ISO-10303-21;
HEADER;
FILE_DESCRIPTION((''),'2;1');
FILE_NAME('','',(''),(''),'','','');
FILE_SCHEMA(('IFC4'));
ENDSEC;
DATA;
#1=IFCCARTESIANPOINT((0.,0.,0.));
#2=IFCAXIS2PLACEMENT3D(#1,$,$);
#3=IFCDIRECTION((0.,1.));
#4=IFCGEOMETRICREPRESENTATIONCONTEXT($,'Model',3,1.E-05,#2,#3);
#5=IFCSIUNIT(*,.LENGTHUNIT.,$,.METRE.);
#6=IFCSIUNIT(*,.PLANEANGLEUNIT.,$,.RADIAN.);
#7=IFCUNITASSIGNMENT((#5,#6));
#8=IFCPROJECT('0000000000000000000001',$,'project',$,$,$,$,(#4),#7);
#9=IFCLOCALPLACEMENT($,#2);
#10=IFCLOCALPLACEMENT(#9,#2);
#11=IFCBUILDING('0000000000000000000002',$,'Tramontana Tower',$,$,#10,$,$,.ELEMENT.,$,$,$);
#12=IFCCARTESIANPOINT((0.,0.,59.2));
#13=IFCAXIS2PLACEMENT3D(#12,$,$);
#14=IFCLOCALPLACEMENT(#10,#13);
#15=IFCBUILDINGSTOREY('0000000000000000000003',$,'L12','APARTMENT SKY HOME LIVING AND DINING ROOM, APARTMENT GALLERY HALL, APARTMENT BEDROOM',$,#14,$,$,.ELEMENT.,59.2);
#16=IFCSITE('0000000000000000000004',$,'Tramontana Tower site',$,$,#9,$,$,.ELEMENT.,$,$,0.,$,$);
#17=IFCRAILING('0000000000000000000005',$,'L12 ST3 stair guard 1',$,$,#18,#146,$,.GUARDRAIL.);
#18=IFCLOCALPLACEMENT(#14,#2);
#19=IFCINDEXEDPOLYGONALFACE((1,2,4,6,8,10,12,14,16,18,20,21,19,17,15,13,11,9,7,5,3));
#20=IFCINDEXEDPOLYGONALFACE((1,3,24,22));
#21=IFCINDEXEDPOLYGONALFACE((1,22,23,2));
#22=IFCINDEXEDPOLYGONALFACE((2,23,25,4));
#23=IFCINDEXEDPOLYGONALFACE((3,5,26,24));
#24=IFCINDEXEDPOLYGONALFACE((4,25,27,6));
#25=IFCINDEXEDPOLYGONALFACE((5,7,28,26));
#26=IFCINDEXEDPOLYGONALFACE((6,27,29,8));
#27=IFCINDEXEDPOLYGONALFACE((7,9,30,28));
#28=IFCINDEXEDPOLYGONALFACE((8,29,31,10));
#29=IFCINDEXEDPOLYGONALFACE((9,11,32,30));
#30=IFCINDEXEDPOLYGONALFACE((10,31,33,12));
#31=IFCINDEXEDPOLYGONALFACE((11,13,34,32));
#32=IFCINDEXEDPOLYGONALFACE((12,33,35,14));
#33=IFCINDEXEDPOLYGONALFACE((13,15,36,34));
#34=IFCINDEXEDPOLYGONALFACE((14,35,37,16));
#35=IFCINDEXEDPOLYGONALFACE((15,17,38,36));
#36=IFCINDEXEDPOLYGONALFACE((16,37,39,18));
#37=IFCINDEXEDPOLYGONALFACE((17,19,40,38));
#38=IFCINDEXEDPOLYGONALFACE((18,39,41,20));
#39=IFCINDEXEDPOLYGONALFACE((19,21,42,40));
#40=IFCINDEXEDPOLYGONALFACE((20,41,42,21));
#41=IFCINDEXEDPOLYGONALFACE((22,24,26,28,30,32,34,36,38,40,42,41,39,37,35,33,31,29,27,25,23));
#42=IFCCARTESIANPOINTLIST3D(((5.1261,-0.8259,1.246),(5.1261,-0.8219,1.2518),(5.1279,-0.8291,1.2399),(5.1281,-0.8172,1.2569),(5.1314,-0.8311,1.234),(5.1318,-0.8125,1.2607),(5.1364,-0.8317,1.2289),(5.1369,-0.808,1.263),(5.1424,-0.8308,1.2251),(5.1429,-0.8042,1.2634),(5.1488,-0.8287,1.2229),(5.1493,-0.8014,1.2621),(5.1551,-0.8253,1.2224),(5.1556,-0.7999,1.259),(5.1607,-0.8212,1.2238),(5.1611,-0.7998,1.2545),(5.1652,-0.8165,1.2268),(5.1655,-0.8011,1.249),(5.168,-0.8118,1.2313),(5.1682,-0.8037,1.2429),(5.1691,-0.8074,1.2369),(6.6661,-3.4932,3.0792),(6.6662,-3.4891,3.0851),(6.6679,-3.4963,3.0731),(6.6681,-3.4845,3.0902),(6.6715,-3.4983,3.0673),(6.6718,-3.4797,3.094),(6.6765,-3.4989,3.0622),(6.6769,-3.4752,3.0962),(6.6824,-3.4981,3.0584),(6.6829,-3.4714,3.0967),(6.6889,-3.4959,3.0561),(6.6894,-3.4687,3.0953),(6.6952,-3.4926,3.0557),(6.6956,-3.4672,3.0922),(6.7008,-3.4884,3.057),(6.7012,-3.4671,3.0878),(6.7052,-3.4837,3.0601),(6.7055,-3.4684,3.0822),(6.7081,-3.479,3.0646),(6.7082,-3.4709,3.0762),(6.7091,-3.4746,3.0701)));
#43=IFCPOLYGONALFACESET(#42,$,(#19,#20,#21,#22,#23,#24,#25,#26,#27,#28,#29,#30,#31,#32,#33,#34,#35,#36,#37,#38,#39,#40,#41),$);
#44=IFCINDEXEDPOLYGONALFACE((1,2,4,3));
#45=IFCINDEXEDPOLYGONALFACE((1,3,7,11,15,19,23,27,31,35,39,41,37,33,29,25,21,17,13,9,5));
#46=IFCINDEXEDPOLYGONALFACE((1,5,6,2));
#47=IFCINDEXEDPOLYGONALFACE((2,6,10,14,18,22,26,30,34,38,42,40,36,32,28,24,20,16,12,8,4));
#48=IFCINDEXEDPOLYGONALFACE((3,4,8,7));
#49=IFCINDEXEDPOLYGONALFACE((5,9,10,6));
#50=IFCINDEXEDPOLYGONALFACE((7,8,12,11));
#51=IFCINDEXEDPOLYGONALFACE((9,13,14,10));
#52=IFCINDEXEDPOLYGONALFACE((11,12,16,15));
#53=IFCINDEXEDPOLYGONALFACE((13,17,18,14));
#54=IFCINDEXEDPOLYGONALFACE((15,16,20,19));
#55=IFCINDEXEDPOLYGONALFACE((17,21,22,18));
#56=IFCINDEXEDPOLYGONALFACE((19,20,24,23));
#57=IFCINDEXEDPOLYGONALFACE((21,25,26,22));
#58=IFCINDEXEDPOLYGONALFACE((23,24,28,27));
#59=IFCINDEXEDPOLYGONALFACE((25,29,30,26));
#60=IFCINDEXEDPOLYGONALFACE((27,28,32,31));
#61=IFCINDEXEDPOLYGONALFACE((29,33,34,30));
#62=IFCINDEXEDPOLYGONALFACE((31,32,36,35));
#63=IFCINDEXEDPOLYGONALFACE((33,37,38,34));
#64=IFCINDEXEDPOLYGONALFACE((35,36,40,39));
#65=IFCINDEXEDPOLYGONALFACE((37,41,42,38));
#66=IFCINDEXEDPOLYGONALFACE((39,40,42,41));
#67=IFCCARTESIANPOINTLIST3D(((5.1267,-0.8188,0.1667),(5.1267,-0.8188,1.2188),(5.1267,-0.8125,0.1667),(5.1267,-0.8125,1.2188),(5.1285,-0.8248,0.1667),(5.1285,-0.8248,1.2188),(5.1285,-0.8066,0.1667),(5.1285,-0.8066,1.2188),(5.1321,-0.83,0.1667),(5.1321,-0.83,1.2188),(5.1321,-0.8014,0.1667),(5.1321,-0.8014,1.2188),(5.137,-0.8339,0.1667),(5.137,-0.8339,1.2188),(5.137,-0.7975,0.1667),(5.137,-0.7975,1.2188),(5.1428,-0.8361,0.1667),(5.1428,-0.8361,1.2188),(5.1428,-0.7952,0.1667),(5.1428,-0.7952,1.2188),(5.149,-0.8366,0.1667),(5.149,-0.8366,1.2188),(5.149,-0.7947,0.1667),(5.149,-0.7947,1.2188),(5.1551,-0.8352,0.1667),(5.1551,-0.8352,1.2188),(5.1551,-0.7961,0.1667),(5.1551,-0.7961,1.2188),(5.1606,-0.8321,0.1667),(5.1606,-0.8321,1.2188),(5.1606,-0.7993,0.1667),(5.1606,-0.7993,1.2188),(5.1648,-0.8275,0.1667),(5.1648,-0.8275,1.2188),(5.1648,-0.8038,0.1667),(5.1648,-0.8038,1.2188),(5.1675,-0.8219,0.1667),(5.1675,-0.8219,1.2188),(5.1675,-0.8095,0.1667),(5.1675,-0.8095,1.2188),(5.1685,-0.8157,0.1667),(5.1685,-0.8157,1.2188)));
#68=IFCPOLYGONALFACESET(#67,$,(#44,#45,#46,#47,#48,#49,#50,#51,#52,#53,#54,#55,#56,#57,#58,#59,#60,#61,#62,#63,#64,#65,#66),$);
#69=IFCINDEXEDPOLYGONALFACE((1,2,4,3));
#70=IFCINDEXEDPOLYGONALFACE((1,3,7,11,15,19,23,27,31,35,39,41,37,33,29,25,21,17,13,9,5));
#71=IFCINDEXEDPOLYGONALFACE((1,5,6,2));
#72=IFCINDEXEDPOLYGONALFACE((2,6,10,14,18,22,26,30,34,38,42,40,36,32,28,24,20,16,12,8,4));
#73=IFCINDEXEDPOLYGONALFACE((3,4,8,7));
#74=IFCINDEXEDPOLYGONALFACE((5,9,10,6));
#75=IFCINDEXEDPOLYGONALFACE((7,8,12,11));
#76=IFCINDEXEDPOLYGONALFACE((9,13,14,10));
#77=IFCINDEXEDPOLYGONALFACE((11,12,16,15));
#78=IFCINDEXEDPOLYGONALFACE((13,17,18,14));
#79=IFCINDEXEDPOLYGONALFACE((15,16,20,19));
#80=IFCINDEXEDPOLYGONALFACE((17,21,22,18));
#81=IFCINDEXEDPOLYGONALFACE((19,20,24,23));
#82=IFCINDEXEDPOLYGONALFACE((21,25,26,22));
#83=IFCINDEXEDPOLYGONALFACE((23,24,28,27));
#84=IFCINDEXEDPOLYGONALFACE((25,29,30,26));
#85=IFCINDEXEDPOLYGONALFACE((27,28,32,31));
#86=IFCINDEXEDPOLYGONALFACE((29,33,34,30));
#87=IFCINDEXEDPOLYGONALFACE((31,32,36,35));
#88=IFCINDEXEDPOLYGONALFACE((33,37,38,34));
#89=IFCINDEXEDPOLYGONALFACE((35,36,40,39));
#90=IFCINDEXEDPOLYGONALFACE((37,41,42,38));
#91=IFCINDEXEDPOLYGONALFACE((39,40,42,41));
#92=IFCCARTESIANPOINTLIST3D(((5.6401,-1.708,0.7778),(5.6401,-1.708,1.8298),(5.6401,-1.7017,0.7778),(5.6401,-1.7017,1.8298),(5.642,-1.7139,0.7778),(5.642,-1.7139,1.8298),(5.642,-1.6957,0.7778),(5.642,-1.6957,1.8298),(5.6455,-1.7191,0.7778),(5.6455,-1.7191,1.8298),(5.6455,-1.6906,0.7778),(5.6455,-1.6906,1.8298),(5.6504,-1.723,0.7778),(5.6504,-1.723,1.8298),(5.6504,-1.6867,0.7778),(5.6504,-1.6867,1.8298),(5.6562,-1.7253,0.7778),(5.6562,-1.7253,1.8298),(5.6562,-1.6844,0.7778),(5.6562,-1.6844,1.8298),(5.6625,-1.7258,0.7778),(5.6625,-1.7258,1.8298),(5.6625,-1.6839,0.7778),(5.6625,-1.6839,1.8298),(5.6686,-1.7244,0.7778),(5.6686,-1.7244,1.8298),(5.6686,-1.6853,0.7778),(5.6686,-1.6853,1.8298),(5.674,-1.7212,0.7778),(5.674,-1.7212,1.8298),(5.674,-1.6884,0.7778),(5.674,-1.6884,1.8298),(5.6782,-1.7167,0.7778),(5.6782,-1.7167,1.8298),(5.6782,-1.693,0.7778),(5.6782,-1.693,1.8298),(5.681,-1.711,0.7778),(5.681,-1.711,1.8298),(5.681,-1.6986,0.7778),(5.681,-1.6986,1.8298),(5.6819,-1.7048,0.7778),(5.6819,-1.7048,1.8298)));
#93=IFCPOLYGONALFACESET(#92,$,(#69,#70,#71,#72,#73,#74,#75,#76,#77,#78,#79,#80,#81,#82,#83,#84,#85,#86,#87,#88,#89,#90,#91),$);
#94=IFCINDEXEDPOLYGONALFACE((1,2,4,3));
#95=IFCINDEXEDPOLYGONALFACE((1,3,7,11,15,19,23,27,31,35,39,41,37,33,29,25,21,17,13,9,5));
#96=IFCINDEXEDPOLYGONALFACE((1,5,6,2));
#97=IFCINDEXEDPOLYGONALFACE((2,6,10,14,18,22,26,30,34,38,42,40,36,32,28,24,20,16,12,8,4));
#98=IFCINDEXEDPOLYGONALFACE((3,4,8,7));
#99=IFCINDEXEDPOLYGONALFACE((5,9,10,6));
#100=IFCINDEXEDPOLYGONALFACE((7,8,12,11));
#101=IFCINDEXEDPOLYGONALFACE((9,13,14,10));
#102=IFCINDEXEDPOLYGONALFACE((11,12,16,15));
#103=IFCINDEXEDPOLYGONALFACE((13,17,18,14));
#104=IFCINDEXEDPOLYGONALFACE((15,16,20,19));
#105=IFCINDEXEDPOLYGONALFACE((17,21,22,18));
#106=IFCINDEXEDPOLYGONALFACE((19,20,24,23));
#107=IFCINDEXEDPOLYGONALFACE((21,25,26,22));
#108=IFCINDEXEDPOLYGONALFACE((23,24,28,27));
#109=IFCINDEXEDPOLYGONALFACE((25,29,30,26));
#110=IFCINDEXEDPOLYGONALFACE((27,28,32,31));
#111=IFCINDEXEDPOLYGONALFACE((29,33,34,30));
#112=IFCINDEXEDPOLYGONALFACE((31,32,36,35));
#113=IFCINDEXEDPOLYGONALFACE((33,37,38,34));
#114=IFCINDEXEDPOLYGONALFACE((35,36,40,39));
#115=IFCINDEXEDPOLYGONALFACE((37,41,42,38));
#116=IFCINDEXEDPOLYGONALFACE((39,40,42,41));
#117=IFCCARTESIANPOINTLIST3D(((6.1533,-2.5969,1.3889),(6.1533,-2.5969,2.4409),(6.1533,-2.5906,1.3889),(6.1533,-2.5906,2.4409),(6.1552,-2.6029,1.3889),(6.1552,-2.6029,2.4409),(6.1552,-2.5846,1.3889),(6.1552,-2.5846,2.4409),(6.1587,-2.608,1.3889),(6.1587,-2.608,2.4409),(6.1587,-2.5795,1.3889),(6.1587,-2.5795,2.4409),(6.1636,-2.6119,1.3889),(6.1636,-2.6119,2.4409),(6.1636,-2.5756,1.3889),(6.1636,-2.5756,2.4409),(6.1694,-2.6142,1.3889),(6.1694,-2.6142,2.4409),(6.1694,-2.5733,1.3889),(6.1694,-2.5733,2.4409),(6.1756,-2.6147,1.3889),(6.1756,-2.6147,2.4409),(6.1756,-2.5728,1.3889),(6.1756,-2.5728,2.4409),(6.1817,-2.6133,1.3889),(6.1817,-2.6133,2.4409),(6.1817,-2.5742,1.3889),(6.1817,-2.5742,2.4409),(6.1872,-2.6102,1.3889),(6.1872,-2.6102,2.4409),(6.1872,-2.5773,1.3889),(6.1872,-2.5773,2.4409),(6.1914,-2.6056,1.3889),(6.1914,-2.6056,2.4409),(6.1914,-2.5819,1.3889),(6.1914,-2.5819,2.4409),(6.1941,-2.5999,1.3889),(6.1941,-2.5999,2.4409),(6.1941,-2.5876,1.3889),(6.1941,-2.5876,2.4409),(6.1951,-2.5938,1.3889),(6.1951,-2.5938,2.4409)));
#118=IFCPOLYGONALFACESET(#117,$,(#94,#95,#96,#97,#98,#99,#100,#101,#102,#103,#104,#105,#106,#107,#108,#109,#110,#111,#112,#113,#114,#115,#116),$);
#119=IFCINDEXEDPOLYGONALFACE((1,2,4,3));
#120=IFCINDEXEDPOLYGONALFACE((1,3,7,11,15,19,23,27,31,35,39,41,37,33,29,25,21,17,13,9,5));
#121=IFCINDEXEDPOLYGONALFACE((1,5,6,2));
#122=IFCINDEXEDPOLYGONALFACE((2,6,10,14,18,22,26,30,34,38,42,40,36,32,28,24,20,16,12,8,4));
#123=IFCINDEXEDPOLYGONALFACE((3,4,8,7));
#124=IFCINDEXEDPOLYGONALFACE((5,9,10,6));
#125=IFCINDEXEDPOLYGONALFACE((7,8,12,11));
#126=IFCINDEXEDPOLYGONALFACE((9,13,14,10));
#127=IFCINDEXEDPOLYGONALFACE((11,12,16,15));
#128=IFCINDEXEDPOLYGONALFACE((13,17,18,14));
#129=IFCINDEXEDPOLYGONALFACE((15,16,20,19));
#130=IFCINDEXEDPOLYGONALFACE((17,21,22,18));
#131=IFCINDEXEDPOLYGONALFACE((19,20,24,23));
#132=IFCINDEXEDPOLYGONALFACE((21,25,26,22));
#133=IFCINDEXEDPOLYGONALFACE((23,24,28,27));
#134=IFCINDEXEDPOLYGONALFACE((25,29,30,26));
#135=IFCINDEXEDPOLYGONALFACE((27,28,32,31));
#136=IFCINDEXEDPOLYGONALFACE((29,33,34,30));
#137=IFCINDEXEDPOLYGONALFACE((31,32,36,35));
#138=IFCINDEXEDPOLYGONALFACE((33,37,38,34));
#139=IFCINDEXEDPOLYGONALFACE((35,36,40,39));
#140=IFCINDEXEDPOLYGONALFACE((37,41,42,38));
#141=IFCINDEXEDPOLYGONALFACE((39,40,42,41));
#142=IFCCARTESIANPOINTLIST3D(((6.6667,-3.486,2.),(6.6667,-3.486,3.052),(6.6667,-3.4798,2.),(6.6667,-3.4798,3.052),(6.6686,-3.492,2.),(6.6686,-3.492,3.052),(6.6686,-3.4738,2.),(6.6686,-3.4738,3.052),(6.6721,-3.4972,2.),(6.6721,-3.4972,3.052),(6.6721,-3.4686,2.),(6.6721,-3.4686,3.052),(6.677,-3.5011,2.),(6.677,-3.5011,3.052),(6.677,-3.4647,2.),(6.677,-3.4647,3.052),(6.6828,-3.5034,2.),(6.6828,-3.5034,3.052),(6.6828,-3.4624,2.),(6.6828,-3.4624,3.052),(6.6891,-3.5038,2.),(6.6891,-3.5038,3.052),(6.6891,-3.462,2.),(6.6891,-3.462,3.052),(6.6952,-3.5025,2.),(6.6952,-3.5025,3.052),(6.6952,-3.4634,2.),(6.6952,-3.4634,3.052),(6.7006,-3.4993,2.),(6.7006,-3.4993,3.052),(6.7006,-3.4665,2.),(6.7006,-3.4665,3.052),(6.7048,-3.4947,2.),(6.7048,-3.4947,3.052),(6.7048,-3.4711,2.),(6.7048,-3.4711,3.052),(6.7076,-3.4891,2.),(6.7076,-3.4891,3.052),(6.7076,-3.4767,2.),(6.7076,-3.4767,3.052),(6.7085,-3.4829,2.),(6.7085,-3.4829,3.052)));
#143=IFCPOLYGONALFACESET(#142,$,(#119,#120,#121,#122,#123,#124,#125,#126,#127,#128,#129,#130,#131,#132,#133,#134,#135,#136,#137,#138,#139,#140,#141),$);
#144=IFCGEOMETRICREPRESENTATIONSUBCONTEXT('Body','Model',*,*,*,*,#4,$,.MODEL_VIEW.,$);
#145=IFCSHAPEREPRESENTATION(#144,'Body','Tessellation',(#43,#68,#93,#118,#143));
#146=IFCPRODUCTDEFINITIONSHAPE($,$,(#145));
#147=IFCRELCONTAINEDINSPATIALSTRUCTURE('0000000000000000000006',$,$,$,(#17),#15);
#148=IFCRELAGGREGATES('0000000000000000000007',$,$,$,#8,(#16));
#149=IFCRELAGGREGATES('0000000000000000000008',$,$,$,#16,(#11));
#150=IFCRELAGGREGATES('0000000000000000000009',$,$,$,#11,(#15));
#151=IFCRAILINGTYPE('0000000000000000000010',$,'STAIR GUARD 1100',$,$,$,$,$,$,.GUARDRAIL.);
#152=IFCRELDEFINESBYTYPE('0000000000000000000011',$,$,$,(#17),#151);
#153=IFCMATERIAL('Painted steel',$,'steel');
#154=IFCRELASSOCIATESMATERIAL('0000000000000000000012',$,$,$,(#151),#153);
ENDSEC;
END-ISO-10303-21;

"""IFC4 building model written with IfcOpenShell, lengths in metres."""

from ifc_helpers import new_model, si_unit, direction, frame, origin, origin_2d, place, context, subcontext, project, spatial, circle, extrude, material, type_object, element, save


model = new_model("IFC4")

# Units and contexts
model_context = context("Model", 3, precision=1e-05, world=origin(), true_north=direction((0.0, 1.0)))
body_context = subcontext(model_context, "Body", "Model", "MODEL_VIEW")
ifc_project = project(units=[si_unit("LENGTHUNIT", "METRE"), si_unit("PLANEANGLEUNIT", "RADIAN")], contexts=[model_context])

# Site, building, storey
site_placement = place(None, origin())
site = spatial("IfcSite", under=ifc_project, at=site_placement, Name="Tramontana Tower site", CompositionType="ELEMENT", RefElevation=0.0)
building_placement = place(site_placement, origin())
building = spatial("IfcBuilding", under=site, at=building_placement, Name="Tramontana Tower", CompositionType="ELEMENT")
storey_placement = place(building_placement, frame((0.0, 0.0, 59.2)))
storey = spatial("IfcBuildingStorey", under=building, at=storey_placement, Name="L12", Description="APARTMENT SKY HOME LIVING AND DINING ROOM, APARTMENT GALLERY HALL, APARTMENT BEDROOM", CompositionType="ELEMENT", Elevation=59.2)

# Railing
ifc_material_1 = material(Name="Painted steel", Category="steel")
railing_type_1 = type_object("IfcRailingType", Name="STAIR GUARD 1100", PredefinedType="GUARDRAIL", material=ifc_material_1)
railing_1_placement = place(storey_placement, frame((5.1475, -0.8157, 0.1667)))
element("IfcRailing", 1, at=railing_1_placement, inside=storey, type_object=railing_type_1, Name="L12 ST3 stair guard 1", PredefinedType="GUARDRAIL", context=body_context, shape_type="SweptSolid", body=[
    extrude(circle(Radius=0.0239, at=origin_2d()), frame((0.0, 0.0, 1.0762), z_axis=(0.429671, -0.744159, 0.511478), x_axis=(0.86601, 0.500027, 0.0)), (0.0, 0.0, 1.0), 3.5842),
    extrude(circle(Radius=0.021, at=origin_2d()), origin(), (0.0, 0.0, 1.0), 1.052),
    extrude(circle(Radius=0.021, at=origin_2d()), frame((0.5134, -0.8892, 0.6111)), (0.0, 0.0, 1.0), 1.052),
    extrude(circle(Radius=0.021, at=origin_2d()), frame((1.0266, -1.7781, 1.2222)), (0.0, 0.0, 1.0), 1.052),
    extrude(circle(Radius=0.021, at=origin_2d()), frame((1.54, -2.6672, 1.8333)), (0.0, 0.0, 1.0), 1.052),
])

save(model, "model.ifc")
